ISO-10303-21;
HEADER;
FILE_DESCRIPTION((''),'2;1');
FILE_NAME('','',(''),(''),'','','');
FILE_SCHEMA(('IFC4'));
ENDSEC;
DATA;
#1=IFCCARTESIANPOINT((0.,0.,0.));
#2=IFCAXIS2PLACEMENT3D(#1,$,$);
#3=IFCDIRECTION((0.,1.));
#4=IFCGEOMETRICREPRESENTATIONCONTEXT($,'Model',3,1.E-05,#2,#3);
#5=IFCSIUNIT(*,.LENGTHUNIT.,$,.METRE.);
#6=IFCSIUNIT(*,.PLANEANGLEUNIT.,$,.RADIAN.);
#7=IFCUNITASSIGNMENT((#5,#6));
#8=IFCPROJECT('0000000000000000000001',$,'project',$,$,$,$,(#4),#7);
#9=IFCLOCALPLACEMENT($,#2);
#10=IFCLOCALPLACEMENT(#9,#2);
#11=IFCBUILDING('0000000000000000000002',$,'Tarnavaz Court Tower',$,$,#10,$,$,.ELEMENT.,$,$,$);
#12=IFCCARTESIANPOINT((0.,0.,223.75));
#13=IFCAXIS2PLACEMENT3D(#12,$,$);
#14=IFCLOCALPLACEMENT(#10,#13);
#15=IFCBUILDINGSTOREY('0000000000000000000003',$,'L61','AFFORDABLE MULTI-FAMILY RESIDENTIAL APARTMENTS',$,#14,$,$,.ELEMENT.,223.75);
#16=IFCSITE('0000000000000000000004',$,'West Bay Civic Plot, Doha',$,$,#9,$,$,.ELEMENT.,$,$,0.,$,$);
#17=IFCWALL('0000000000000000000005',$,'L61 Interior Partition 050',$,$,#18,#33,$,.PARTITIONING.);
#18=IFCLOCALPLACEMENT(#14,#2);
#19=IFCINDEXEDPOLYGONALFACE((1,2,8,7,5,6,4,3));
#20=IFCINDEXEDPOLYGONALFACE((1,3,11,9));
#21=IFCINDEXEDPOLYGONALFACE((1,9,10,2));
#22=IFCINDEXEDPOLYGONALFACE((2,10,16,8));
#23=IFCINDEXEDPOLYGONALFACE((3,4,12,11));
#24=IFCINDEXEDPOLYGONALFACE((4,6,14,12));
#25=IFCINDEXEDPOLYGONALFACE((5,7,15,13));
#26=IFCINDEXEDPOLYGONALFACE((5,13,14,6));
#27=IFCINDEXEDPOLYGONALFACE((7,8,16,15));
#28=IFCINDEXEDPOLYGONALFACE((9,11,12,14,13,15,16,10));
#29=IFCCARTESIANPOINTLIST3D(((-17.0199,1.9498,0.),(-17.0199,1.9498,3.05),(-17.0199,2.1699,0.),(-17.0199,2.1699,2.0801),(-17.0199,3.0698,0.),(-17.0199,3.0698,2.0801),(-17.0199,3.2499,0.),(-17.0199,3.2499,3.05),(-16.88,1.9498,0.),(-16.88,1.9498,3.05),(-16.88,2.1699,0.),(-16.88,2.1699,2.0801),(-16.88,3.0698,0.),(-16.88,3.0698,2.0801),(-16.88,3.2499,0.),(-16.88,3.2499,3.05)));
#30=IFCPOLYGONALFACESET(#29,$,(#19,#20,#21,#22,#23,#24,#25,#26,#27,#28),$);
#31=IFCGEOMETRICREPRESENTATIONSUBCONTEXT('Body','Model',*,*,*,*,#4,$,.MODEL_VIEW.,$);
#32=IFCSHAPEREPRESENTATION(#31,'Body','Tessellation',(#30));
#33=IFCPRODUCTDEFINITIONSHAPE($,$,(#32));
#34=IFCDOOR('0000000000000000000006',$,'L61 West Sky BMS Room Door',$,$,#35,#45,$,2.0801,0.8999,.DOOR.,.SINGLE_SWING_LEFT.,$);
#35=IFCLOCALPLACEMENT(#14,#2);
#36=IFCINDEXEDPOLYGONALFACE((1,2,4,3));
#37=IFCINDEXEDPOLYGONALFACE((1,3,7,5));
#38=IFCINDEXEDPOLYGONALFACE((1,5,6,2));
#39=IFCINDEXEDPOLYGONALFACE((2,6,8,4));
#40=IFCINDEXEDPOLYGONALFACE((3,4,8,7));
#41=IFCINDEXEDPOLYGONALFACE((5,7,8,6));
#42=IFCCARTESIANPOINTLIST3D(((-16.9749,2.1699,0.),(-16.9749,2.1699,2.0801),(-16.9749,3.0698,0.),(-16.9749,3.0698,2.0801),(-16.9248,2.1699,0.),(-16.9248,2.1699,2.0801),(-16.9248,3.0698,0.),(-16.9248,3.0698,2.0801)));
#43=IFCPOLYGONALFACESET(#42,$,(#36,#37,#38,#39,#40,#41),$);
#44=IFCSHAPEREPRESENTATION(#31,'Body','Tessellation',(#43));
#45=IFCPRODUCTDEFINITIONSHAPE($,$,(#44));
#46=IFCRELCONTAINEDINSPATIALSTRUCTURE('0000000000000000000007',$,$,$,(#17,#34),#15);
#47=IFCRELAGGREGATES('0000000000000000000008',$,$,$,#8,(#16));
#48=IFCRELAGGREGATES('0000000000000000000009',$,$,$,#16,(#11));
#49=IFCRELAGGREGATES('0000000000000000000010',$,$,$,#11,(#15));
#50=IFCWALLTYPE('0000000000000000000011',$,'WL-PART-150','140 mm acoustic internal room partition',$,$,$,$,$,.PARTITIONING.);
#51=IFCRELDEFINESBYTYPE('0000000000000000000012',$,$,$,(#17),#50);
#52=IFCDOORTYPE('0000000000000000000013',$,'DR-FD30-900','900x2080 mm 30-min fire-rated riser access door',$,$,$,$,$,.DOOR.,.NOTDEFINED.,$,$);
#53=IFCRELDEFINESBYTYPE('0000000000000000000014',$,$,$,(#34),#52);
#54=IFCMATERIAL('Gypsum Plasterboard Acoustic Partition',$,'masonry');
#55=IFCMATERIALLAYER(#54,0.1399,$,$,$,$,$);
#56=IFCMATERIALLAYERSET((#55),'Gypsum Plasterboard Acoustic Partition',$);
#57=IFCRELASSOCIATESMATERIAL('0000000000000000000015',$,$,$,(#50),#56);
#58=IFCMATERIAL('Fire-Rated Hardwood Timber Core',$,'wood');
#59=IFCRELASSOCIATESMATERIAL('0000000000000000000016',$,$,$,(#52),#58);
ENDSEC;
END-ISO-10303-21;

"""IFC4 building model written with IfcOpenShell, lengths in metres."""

from ifc_helpers import new_model, si_unit, direction, frame, frame_2d, origin, place, context, subcontext, project, spatial, rectangle, extrude, material, layer, layer_set, type_object, element, fill, save


model = new_model("IFC4")

# Units and contexts
model_context = context("Model", 3, precision=1e-05, world=origin(), true_north=direction((0.0, 1.0)))
body_context = subcontext(model_context, "Body", "Model", "MODEL_VIEW")
ifc_project = project(units=[si_unit("LENGTHUNIT", "METRE"), si_unit("PLANEANGLEUNIT", "RADIAN")], contexts=[model_context])

# Site, building, storey
site_placement = place(None, origin())
site = spatial("IfcSite", under=ifc_project, at=site_placement, Name="West Bay Civic Plot, Doha", CompositionType="ELEMENT", RefElevation=0.0)
building_placement = place(site_placement, origin())
building = spatial("IfcBuilding", under=site, at=building_placement, Name="Tarnavaz Court Tower", CompositionType="ELEMENT")
storey_placement = place(building_placement, frame((0.0, 0.0, 223.75)))
storey = spatial("IfcBuildingStorey", under=building, at=storey_placement, Name="L61", Description="AFFORDABLE MULTI-FAMILY RESIDENTIAL APARTMENTS", CompositionType="ELEMENT", Elevation=223.75)

# Shared definitions
ifc_material_1 = material(Name="Fire-Rated Hardwood Timber Core", Category="wood")

# Wall, opening, door
ifc_material_2 = material(Name="Gypsum Plasterboard Acoustic Partition", Category="masonry")
ifc_layer_1 = layer(ifc_material_2, 0.1399)
ifc_layer_set_1 = layer_set([ifc_layer_1], Name="Gypsum Plasterboard Acoustic Partition")
wall_type_1 = type_object("IfcWallType", Name="WL-PART-150", Description="140 mm acoustic internal room partition", PredefinedType="PARTITIONING", material=ifc_layer_set_1)
door_type_1 = type_object("IfcDoorType", Name="DR-FD30-900", Description="900x2080 mm 30-min fire-rated riser access door", OperationType="NOTDEFINED", PredefinedType="DOOR", material=ifc_material_1)
wall_1_placement = place(storey_placement, frame((-16.95, 1.95, 0.0), z_axis=(0.0, 0.0, 1.0), x_axis=(0.0, 1.0, 0.0)))
wall_1 = element("IfcWall", 1, at=wall_1_placement, inside=storey, type_object=wall_type_1, Name="L61 Interior Partition 050", PredefinedType="PARTITIONING", context=body_context, shape_type="SweptSolid", body=[
    extrude(rectangle(XDim=1.3, YDim=0.1399, at=frame_2d((0.6499, 0.0))), origin(), (0.0, 0.0, 1.0), 3.05),
])
opening_1_placement = place(wall_1_placement, frame((0.22, 0.0, 0.0)))
opening_1 = element("IfcOpeningElement", 2, at=opening_1_placement, cuts=wall_1, PredefinedType="OPENING", context=body_context, shape_type="SweptSolid", body=[
    extrude(rectangle(XDim=0.8999, YDim=2.0801, at=frame_2d((0.45, 1.04))), frame((0.0, 0.0798, 0.0), z_axis=(0.0, -1.0, 0.0), x_axis=(1.0, 0.0, 0.0)), (0.0, 0.0, 1.0), 0.1599),
])
door_1_placement = place(opening_1_placement, origin())
door_1 = element("IfcDoor", 3, at=door_1_placement, inside=storey, type_object=door_type_1, Name="L61 West Sky BMS Room Door", OperationType="SINGLE_SWING_LEFT", OverallHeight=2.0801, OverallWidth=0.8999, PredefinedType="DOOR", context=body_context, shape_type="SweptSolid", body=[
    extrude(rectangle(XDim=0.8999, YDim=2.0801, at=frame_2d((0.45, 1.04))), frame((0.0, 0.0249, 0.0), z_axis=(0.0, -1.0, 0.0), x_axis=(1.0, 0.0, 0.0)), (0.0, 0.0, 1.0), 0.05),
])
fill(opening_1, door_1)

save(model, "model.ifc")
